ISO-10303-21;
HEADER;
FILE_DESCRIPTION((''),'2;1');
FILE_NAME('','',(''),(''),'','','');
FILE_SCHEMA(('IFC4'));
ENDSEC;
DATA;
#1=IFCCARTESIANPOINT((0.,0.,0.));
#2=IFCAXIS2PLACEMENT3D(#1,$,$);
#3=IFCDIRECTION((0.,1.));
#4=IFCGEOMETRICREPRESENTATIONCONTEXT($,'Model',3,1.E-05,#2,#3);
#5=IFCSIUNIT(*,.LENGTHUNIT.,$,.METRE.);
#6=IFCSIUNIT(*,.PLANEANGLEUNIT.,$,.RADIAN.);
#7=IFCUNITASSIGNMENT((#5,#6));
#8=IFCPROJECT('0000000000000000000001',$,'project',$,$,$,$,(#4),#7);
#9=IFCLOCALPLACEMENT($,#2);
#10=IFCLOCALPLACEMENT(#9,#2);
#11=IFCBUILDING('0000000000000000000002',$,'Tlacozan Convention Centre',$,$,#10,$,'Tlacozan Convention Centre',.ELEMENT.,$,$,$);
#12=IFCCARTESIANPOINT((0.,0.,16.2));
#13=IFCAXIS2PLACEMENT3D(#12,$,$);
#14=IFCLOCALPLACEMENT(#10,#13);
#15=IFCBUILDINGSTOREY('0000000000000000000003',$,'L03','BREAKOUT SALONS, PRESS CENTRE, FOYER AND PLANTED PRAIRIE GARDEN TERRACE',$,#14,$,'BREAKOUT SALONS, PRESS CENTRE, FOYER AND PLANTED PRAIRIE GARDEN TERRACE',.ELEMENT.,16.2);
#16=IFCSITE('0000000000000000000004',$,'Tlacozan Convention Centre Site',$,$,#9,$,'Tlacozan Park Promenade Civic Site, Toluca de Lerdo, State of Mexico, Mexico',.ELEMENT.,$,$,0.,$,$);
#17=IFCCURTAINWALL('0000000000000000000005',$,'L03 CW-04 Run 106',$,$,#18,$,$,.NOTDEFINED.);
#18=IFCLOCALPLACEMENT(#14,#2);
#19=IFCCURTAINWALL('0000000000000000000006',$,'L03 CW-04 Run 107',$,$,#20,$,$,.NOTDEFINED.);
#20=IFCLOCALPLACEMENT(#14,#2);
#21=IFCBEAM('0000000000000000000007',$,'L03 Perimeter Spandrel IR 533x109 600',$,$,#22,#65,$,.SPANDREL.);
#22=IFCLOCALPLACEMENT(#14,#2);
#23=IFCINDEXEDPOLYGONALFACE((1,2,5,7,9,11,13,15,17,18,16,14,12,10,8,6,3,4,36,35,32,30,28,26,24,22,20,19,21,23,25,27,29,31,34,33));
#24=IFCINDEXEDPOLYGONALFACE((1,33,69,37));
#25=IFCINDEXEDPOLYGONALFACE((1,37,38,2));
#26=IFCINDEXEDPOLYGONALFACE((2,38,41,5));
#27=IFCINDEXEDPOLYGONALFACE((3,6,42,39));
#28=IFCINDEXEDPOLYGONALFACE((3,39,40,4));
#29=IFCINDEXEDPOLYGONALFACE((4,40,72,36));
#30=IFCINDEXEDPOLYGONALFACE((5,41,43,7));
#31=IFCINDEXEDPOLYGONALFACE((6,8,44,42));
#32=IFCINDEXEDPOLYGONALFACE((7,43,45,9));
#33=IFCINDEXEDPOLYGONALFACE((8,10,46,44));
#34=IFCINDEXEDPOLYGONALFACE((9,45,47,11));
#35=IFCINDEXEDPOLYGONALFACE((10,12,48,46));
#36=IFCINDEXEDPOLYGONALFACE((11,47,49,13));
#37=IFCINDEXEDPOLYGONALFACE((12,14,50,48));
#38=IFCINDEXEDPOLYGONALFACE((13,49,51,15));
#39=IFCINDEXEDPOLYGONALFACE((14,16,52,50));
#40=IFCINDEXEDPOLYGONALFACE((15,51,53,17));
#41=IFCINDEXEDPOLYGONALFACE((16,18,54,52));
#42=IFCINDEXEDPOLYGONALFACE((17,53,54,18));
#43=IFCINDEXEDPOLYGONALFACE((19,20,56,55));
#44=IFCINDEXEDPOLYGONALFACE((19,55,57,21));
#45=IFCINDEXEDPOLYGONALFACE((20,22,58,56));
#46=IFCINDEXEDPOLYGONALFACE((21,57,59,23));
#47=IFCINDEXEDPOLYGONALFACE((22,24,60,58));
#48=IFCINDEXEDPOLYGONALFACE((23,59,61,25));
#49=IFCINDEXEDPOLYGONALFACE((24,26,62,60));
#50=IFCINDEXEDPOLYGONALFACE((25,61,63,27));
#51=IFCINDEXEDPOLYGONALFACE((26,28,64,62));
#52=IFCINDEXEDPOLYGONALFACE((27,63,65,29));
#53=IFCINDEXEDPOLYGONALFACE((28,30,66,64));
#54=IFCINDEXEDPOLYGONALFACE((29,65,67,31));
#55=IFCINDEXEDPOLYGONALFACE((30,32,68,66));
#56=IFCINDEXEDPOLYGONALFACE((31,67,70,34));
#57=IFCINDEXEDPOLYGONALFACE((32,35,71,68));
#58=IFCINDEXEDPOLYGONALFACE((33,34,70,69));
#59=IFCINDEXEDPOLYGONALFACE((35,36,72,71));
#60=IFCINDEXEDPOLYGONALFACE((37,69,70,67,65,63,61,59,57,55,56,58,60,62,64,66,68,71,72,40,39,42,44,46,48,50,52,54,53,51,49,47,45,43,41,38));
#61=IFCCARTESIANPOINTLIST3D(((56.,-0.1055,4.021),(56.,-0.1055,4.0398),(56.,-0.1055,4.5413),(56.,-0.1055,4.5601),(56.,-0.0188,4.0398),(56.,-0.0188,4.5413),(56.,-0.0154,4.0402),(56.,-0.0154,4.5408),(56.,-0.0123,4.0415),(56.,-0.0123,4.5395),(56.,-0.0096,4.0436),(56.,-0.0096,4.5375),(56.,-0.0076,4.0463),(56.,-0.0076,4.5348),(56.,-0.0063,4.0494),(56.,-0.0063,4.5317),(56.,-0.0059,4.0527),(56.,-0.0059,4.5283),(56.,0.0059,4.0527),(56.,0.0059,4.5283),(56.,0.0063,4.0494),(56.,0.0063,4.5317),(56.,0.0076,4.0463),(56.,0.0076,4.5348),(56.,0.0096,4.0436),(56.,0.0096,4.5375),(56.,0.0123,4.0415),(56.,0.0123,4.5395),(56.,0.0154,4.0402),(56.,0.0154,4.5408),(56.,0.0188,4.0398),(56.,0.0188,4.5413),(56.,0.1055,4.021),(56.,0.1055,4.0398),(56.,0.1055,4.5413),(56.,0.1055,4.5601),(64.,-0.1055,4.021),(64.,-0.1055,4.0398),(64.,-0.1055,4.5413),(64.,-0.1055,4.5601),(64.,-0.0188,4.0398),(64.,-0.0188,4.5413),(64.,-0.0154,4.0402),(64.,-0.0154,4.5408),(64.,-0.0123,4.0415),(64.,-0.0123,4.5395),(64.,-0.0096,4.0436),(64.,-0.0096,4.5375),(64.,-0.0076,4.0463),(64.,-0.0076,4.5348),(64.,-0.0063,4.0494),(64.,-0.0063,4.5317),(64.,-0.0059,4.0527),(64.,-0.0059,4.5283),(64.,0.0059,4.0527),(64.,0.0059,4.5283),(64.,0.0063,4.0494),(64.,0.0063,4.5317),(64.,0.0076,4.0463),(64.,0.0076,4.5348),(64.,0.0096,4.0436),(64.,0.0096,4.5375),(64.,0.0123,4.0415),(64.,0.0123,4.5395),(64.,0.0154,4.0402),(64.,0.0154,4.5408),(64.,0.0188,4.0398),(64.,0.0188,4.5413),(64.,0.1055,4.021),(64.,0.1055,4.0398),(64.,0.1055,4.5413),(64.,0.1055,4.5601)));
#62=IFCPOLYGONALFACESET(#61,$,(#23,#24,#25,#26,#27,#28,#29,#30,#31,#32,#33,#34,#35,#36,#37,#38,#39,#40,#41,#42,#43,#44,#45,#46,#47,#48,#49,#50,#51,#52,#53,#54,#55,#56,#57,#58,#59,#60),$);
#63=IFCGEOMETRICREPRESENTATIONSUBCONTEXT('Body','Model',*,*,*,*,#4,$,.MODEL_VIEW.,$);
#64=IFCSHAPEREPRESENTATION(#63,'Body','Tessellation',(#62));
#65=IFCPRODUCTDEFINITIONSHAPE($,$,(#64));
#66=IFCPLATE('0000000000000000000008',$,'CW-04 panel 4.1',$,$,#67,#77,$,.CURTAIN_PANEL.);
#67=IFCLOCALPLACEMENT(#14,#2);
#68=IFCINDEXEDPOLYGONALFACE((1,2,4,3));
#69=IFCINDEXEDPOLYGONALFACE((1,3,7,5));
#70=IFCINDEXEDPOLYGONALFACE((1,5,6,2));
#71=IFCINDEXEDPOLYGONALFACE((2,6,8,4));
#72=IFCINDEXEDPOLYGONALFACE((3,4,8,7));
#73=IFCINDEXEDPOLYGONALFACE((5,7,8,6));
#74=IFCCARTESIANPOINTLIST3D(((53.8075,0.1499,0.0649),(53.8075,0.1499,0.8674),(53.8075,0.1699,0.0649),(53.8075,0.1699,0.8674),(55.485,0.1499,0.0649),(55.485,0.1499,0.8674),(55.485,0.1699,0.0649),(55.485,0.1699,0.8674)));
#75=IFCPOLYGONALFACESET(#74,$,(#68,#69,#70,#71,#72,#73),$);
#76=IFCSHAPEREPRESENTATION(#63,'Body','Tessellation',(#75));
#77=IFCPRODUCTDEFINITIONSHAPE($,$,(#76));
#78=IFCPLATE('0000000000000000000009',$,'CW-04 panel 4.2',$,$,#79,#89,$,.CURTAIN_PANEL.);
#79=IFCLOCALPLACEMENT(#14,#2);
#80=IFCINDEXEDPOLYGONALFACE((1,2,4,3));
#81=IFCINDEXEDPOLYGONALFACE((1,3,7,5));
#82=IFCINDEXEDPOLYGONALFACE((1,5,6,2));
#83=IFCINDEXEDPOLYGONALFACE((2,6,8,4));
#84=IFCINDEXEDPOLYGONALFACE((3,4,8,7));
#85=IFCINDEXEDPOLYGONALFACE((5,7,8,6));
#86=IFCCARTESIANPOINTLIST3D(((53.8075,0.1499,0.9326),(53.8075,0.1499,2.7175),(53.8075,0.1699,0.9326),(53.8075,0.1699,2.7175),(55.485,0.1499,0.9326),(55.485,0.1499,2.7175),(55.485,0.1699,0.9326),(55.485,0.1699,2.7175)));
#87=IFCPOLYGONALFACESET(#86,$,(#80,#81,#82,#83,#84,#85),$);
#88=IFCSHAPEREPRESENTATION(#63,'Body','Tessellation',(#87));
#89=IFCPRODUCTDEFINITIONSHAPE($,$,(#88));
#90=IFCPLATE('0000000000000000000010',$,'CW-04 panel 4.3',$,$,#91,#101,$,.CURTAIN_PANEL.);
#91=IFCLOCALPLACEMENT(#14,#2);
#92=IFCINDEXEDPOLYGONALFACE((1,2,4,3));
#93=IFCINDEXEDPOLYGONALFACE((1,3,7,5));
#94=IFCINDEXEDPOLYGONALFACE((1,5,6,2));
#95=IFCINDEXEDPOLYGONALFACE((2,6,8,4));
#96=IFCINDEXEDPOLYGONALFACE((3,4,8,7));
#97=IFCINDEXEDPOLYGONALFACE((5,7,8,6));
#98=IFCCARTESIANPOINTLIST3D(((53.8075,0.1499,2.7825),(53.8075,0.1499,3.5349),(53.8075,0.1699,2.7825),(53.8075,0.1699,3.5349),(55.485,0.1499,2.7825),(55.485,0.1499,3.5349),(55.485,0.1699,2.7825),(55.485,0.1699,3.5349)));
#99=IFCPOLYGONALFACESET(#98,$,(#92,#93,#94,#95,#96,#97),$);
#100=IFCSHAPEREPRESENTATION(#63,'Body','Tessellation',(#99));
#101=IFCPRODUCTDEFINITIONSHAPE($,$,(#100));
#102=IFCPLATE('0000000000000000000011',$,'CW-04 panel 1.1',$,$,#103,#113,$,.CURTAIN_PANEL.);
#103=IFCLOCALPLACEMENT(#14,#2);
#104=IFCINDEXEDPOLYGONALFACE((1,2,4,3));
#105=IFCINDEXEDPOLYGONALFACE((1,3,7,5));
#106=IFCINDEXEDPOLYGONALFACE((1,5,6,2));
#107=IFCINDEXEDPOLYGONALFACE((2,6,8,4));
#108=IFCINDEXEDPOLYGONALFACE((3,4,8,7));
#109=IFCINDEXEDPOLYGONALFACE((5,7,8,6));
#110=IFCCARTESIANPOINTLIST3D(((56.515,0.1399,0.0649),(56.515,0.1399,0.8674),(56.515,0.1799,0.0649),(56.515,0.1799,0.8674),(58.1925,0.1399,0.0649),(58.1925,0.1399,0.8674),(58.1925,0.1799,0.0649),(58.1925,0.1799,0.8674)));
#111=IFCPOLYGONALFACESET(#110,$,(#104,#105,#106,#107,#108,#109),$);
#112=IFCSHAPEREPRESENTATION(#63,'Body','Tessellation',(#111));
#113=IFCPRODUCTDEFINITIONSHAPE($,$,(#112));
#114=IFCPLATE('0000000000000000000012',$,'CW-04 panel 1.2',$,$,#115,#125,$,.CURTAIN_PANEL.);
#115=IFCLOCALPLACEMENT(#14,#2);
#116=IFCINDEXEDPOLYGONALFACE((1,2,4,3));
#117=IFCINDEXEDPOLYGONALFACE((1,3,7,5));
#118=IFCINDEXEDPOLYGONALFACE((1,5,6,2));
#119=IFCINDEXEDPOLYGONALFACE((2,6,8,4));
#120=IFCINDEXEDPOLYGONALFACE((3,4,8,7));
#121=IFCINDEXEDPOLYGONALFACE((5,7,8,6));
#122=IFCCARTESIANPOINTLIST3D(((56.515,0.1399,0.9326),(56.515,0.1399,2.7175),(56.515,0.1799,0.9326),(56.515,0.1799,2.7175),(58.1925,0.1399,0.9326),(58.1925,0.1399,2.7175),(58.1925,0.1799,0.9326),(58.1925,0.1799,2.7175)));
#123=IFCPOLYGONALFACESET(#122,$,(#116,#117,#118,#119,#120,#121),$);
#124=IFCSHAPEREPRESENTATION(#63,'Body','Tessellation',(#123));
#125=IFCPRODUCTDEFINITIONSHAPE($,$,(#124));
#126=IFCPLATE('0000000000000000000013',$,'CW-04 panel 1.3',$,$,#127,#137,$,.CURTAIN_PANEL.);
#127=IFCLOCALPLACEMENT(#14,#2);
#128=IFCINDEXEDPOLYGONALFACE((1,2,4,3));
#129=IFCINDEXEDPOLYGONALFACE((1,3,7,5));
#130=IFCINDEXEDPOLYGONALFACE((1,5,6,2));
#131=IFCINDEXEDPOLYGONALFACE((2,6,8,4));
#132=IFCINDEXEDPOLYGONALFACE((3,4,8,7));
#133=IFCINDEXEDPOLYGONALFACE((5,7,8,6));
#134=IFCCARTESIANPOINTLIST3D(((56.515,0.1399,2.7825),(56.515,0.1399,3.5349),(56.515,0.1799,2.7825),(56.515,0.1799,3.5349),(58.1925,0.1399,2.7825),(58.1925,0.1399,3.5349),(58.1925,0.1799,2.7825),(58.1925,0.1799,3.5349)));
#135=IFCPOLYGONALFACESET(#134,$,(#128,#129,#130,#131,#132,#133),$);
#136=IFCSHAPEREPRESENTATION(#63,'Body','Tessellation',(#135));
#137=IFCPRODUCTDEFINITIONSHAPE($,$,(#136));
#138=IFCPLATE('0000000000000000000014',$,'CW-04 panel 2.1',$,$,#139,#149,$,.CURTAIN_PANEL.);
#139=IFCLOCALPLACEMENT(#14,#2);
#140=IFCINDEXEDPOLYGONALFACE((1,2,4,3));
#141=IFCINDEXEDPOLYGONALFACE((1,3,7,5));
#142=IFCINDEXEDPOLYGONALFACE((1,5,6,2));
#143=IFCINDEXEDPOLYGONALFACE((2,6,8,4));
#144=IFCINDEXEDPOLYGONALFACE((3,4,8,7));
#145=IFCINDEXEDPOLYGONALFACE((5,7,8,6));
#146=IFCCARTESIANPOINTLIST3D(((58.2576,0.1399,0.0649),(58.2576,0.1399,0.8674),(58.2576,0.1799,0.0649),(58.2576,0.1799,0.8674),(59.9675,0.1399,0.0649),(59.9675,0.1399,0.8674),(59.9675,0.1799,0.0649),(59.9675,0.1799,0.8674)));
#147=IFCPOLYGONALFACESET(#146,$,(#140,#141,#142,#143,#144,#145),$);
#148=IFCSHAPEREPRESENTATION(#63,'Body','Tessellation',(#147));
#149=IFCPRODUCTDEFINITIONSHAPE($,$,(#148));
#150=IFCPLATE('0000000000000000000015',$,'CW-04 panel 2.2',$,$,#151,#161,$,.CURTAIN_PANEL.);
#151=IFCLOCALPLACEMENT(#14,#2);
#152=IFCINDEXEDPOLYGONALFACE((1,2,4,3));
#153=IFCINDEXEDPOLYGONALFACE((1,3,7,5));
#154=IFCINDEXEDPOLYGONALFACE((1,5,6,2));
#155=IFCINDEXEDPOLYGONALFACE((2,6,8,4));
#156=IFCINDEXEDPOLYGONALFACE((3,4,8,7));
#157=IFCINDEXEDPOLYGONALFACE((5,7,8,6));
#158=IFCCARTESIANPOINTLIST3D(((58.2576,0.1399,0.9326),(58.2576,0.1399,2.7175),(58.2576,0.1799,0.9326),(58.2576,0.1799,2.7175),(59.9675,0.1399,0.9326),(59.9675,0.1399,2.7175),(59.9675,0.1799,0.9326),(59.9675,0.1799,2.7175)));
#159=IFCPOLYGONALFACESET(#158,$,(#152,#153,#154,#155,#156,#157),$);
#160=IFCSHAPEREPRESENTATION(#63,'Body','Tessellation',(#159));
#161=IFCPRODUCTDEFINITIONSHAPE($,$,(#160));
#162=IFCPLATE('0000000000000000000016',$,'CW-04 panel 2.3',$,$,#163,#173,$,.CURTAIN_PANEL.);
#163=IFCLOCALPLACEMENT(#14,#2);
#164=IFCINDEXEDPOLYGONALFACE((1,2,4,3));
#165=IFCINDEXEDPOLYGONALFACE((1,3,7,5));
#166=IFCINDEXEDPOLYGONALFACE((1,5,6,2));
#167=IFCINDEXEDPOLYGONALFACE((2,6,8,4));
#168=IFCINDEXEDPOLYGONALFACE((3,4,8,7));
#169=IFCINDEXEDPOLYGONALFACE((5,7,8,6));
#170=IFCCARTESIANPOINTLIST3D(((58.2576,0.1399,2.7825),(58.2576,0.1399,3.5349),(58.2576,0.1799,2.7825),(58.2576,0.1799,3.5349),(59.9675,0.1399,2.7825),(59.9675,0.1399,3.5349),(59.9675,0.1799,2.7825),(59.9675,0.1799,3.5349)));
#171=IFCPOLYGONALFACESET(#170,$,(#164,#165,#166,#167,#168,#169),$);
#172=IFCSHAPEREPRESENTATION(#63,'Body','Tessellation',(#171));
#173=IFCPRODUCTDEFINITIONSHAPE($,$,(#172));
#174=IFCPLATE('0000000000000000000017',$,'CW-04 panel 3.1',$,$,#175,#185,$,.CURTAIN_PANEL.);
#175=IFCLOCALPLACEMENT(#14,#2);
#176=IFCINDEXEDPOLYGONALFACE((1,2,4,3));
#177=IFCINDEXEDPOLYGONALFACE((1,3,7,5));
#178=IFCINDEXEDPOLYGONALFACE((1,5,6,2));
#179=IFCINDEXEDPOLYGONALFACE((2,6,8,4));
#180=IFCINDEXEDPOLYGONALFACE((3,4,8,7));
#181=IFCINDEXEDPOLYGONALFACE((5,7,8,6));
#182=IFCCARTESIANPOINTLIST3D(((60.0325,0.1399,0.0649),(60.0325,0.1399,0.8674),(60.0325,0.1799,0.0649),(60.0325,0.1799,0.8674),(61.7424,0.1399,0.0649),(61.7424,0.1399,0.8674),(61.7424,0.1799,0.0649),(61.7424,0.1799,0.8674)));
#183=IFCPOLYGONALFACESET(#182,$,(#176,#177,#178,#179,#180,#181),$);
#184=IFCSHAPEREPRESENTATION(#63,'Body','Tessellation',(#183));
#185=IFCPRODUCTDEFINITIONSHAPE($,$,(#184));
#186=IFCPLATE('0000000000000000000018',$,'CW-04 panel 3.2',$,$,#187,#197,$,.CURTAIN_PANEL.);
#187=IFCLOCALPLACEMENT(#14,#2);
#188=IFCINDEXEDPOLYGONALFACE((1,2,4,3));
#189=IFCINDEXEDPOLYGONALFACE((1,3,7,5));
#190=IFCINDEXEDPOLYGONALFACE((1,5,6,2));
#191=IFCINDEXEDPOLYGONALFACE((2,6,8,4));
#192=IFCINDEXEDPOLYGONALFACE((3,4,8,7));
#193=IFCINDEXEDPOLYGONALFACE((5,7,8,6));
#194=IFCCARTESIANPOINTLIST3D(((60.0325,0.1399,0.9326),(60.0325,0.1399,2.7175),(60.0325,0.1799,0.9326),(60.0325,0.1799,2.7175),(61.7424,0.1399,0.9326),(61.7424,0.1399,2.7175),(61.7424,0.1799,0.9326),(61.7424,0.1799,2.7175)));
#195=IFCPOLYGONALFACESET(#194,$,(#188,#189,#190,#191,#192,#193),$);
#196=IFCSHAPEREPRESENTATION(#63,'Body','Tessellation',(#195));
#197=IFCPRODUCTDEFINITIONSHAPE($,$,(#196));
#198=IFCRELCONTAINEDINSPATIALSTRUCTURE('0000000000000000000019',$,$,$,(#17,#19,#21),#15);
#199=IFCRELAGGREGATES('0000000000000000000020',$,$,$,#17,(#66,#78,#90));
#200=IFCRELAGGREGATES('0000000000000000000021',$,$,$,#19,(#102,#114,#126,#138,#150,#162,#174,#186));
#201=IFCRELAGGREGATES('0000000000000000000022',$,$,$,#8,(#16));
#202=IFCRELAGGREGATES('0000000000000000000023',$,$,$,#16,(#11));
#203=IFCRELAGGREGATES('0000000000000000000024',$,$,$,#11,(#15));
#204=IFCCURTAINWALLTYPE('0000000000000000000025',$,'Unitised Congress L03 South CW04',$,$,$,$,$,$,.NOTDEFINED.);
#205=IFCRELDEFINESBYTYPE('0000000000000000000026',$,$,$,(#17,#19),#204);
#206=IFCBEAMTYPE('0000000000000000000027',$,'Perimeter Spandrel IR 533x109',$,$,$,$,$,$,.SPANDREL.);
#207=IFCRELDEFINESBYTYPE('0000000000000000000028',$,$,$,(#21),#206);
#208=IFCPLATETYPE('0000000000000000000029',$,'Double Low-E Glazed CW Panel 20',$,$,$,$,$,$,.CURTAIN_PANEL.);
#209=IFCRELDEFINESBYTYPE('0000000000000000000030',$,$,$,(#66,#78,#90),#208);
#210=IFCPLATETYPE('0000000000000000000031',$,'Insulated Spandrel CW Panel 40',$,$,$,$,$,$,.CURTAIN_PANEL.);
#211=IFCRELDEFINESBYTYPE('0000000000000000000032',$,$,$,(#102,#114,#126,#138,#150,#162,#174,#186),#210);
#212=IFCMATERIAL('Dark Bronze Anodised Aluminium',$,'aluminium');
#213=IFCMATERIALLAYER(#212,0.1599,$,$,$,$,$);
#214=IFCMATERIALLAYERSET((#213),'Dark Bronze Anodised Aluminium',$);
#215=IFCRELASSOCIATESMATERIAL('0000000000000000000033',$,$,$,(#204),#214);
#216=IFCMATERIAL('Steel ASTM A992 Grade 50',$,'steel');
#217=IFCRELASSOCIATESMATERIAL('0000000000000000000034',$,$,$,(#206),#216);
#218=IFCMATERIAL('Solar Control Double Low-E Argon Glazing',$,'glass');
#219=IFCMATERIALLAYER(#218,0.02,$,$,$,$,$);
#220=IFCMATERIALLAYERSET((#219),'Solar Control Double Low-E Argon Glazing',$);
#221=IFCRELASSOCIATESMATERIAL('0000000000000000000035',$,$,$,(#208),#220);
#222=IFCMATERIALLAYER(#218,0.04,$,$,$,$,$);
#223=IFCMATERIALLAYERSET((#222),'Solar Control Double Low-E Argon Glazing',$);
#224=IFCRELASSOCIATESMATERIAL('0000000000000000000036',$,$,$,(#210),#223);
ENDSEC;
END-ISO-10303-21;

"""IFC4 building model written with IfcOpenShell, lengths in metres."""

from ifc_helpers import new_model, si_unit, direction, frame, origin, origin_2d, place, context, subcontext, project, spatial, rectangle, i_section, extrude, material, layer, layer_set, material_profile, profile_set, type_object, element, aggregate, save


model = new_model("IFC4")

# Units and contexts
model_context = context("Model", 3, precision=1e-05, world=origin(), true_north=direction((0.0, 1.0)))
body_context = subcontext(model_context, "Body", "Model", "MODEL_VIEW")
ifc_project = project(units=[si_unit("LENGTHUNIT", "METRE"), si_unit("PLANEANGLEUNIT", "RADIAN")], contexts=[model_context])

# Site, building, storey
site_placement = place(None, origin())
site = spatial("IfcSite", under=ifc_project, at=site_placement, Name="Tlacozan Convention Centre Site", LongName="Tlacozan Park Promenade Civic Site, Toluca de Lerdo, State of Mexico, Mexico", CompositionType="ELEMENT", RefElevation=0.0)
building_placement = place(site_placement, origin())
building = spatial("IfcBuilding", under=site, at=building_placement, Name="Tlacozan Convention Centre", LongName="Tlacozan Convention Centre", CompositionType="ELEMENT")
storey_placement = place(building_placement, frame((0.0, 0.0, 16.2)))
storey = spatial("IfcBuildingStorey", under=building, at=storey_placement, Name="L03", Description="BREAKOUT SALONS, PRESS CENTRE, FOYER AND PLANTED PRAIRIE GARDEN TERRACE", LongName="BREAKOUT SALONS, PRESS CENTRE, FOYER AND PLANTED PRAIRIE GARDEN TERRACE", CompositionType="ELEMENT", Elevation=16.2)

# Curtain wall
ifc_material_1 = material(Name="Dark Bronze Anodised Aluminium", Category="aluminium")
ifc_layer_1 = layer(ifc_material_1, 0.1599)
ifc_layer_set_1 = layer_set([ifc_layer_1], Name="Dark Bronze Anodised Aluminium")
curtain_wall_type = type_object("IfcCurtainWallType", Name="Unitised Congress L03 South CW04", PredefinedType="NOTDEFINED", material=ifc_layer_set_1)
curtain_wall_1_placement = place(storey_placement, origin())
curtain_wall_1 = element("IfcCurtainWall", 1, at=curtain_wall_1_placement, inside=storey, type_object=curtain_wall_type, Name="L03 CW-04 Run 106", PredefinedType="NOTDEFINED")

# Curtain wall
curtain_wall_2_placement = place(storey_placement, origin())
curtain_wall_2 = element("IfcCurtainWall", 2, at=curtain_wall_2_placement, inside=storey, type_object=curtain_wall_type, Name="L03 CW-04 Run 107", PredefinedType="NOTDEFINED")

# Beam
ifc_material_2 = material(Name="Steel ASTM A992 Grade 50", Category="steel")
ifc_material_profile_1 = material_profile(ifc_material_2, i_section(OverallWidth=0.2109, OverallDepth=0.5391, WebThickness=0.0117, FlangeThickness=0.0188, FilletRadius=0.0129, at=origin_2d()), Name="IR 533x109.0")
ifc_profile_set_1 = profile_set([ifc_material_profile_1], Name="Steel ASTM A992 Grade 50")
beam_type_1 = type_object("IfcBeamType", Name="Perimeter Spandrel IR 533x109", PredefinedType="SPANDREL", material=ifc_profile_set_1)
beam_1_placement = place(storey_placement, frame((56.0, 0.0, 4.2905), z_axis=(1.0, 0.0, 0.0), x_axis=(0.0, 1.0, 0.0)))
element("IfcBeam", 3, at=beam_1_placement, inside=storey, type_object=beam_type_1, Name="L03 Perimeter Spandrel IR 533x109 600", PredefinedType="SPANDREL", context=body_context, shape_type="SweptSolid", body=[
    extrude(i_section(OverallWidth=0.2109, OverallDepth=0.5391, WebThickness=0.0117, FlangeThickness=0.0188, FilletRadius=0.0129, at=origin_2d()), origin(), (0.0, 0.0, 1.0), 8.0),
])

# Plates
ifc_material_3 = material(Name="Solar Control Double Low-E Argon Glazing", Category="glass")
ifc_layer_2 = layer(ifc_material_3, 0.02)
ifc_layer_set_2 = layer_set([ifc_layer_2], Name="Solar Control Double Low-E Argon Glazing")
plate_type_1 = type_object("IfcPlateType", Name="Double Low-E Glazed CW Panel 20", PredefinedType="CURTAIN_PANEL", material=ifc_layer_set_2)
plate_1_placement = place(storey_placement, frame((54.6462, 0.1599, 0.0649), z_axis=(0.0, 0.0, 1.0), x_axis=(1.0, 0.0, 0.0)))
plate_1 = element("IfcPlate", 4, at=plate_1_placement, type_object=plate_type_1, Name="CW-04 panel 4.1", PredefinedType="CURTAIN_PANEL", context=body_context, shape_type="SweptSolid", body=[
    extrude(rectangle(XDim=1.6775, YDim=0.02, at=origin_2d()), origin(), (0.0, 0.0, 1.0), 0.8025),
])
plate_2_placement = place(storey_placement, frame((54.6462, 0.1599, 0.9326), z_axis=(0.0, 0.0, 1.0), x_axis=(1.0, 0.0, 0.0)))
plate_2 = element("IfcPlate", 5, at=plate_2_placement, type_object=plate_type_1, Name="CW-04 panel 4.2", PredefinedType="CURTAIN_PANEL", context=body_context, shape_type="SweptSolid", body=[
    extrude(rectangle(XDim=1.6775, YDim=0.02, at=origin_2d()), origin(), (0.0, 0.0, 1.0), 1.7849),
])
plate_3_placement = place(storey_placement, frame((54.6462, 0.1599, 2.7825), z_axis=(0.0, 0.0, 1.0), x_axis=(1.0, 0.0, 0.0)))
plate_3 = element("IfcPlate", 6, at=plate_3_placement, type_object=plate_type_1, Name="CW-04 panel 4.3", PredefinedType="CURTAIN_PANEL", context=body_context, shape_type="SweptSolid", body=[
    extrude(rectangle(XDim=1.6775, YDim=0.02, at=origin_2d()), origin(), (0.0, 0.0, 1.0), 0.7524),
])
aggregate(curtain_wall_1, [plate_1, plate_2, plate_3])
ifc_layer_3 = layer(ifc_material_3, 0.04)
ifc_layer_set_3 = layer_set([ifc_layer_3], Name="Solar Control Double Low-E Argon Glazing")
plate_type_2 = type_object("IfcPlateType", Name="Insulated Spandrel CW Panel 40", PredefinedType="CURTAIN_PANEL", material=ifc_layer_set_3)
plate_4_placement = place(storey_placement, frame((57.3538, 0.1599, 0.0649), z_axis=(0.0, 0.0, 1.0), x_axis=(1.0, 0.0, 0.0)))
plate_4 = element("IfcPlate", 7, at=plate_4_placement, type_object=plate_type_2, Name="CW-04 panel 1.1", PredefinedType="CURTAIN_PANEL", context=body_context, shape_type="SweptSolid", body=[
    extrude(rectangle(XDim=1.6775, YDim=0.04, at=origin_2d()), origin(), (0.0, 0.0, 1.0), 0.8025),
])
plate_5_placement = place(storey_placement, frame((57.3538, 0.1599, 0.9326), z_axis=(0.0, 0.0, 1.0), x_axis=(1.0, 0.0, 0.0)))
plate_5 = element("IfcPlate", 8, at=plate_5_placement, type_object=plate_type_2, Name="CW-04 panel 1.2", PredefinedType="CURTAIN_PANEL", context=body_context, shape_type="SweptSolid", body=[
    extrude(rectangle(XDim=1.6775, YDim=0.04, at=origin_2d()), origin(), (0.0, 0.0, 1.0), 1.7849),
])
plate_6_placement = place(storey_placement, frame((57.3538, 0.1599, 2.7825), z_axis=(0.0, 0.0, 1.0), x_axis=(1.0, 0.0, 0.0)))
plate_6 = element("IfcPlate", 9, at=plate_6_placement, type_object=plate_type_2, Name="CW-04 panel 1.3", PredefinedType="CURTAIN_PANEL", context=body_context, shape_type="SweptSolid", body=[
    extrude(rectangle(XDim=1.6775, YDim=0.04, at=origin_2d()), origin(), (0.0, 0.0, 1.0), 0.7524),
])
plate_7_placement = place(storey_placement, frame((59.1125, 0.1599, 0.0649), z_axis=(0.0, 0.0, 1.0), x_axis=(1.0, 0.0, 0.0)))
plate_7 = element("IfcPlate", 10, at=plate_7_placement, type_object=plate_type_2, Name="CW-04 panel 2.1", PredefinedType="CURTAIN_PANEL", context=body_context, shape_type="SweptSolid", body=[
    extrude(rectangle(XDim=1.71, YDim=0.04, at=origin_2d()), origin(), (0.0, 0.0, 1.0), 0.8025),
])
plate_8_placement = place(storey_placement, frame((59.1125, 0.1599, 0.9326), z_axis=(0.0, 0.0, 1.0), x_axis=(1.0, 0.0, 0.0)))
plate_8 = element("IfcPlate", 11, at=plate_8_placement, type_object=plate_type_2, Name="CW-04 panel 2.2", PredefinedType="CURTAIN_PANEL", context=body_context, shape_type="SweptSolid", body=[
    extrude(rectangle(XDim=1.71, YDim=0.04, at=origin_2d()), origin(), (0.0, 0.0, 1.0), 1.7849),
])
plate_9_placement = place(storey_placement, frame((59.1125, 0.1599, 2.7825), z_axis=(0.0, 0.0, 1.0), x_axis=(1.0, 0.0, 0.0)))
plate_9 = element("IfcPlate", 12, at=plate_9_placement, type_object=plate_type_2, Name="CW-04 panel 2.3", PredefinedType="CURTAIN_PANEL", context=body_context, shape_type="SweptSolid", body=[
    extrude(rectangle(XDim=1.71, YDim=0.04, at=origin_2d()), origin(), (0.0, 0.0, 1.0), 0.7524),
])
plate_10_placement = place(storey_placement, frame((60.8875, 0.1599, 0.0649), z_axis=(0.0, 0.0, 1.0), x_axis=(1.0, 0.0, 0.0)))
plate_10 = element("IfcPlate", 13, at=plate_10_placement, type_object=plate_type_2, Name="CW-04 panel 3.1", PredefinedType="CURTAIN_PANEL", context=body_context, shape_type="SweptSolid", body=[
    extrude(rectangle(XDim=1.71, YDim=0.04, at=origin_2d()), origin(), (0.0, 0.0, 1.0), 0.8025),
])
plate_11_placement = place(storey_placement, frame((60.8875, 0.1599, 0.9326), z_axis=(0.0, 0.0, 1.0), x_axis=(1.0, 0.0, 0.0)))
plate_11 = element("IfcPlate", 14, at=plate_11_placement, type_object=plate_type_2, Name="CW-04 panel 3.2", PredefinedType="CURTAIN_PANEL", context=body_context, shape_type="SweptSolid", body=[
    extrude(rectangle(XDim=1.71, YDim=0.04, at=origin_2d()), origin(), (0.0, 0.0, 1.0), 1.7849),
])
aggregate(curtain_wall_2, [plate_4, plate_5, plate_6, plate_7, plate_8, plate_9, plate_10, plate_11])

save(model, "model.ifc")
